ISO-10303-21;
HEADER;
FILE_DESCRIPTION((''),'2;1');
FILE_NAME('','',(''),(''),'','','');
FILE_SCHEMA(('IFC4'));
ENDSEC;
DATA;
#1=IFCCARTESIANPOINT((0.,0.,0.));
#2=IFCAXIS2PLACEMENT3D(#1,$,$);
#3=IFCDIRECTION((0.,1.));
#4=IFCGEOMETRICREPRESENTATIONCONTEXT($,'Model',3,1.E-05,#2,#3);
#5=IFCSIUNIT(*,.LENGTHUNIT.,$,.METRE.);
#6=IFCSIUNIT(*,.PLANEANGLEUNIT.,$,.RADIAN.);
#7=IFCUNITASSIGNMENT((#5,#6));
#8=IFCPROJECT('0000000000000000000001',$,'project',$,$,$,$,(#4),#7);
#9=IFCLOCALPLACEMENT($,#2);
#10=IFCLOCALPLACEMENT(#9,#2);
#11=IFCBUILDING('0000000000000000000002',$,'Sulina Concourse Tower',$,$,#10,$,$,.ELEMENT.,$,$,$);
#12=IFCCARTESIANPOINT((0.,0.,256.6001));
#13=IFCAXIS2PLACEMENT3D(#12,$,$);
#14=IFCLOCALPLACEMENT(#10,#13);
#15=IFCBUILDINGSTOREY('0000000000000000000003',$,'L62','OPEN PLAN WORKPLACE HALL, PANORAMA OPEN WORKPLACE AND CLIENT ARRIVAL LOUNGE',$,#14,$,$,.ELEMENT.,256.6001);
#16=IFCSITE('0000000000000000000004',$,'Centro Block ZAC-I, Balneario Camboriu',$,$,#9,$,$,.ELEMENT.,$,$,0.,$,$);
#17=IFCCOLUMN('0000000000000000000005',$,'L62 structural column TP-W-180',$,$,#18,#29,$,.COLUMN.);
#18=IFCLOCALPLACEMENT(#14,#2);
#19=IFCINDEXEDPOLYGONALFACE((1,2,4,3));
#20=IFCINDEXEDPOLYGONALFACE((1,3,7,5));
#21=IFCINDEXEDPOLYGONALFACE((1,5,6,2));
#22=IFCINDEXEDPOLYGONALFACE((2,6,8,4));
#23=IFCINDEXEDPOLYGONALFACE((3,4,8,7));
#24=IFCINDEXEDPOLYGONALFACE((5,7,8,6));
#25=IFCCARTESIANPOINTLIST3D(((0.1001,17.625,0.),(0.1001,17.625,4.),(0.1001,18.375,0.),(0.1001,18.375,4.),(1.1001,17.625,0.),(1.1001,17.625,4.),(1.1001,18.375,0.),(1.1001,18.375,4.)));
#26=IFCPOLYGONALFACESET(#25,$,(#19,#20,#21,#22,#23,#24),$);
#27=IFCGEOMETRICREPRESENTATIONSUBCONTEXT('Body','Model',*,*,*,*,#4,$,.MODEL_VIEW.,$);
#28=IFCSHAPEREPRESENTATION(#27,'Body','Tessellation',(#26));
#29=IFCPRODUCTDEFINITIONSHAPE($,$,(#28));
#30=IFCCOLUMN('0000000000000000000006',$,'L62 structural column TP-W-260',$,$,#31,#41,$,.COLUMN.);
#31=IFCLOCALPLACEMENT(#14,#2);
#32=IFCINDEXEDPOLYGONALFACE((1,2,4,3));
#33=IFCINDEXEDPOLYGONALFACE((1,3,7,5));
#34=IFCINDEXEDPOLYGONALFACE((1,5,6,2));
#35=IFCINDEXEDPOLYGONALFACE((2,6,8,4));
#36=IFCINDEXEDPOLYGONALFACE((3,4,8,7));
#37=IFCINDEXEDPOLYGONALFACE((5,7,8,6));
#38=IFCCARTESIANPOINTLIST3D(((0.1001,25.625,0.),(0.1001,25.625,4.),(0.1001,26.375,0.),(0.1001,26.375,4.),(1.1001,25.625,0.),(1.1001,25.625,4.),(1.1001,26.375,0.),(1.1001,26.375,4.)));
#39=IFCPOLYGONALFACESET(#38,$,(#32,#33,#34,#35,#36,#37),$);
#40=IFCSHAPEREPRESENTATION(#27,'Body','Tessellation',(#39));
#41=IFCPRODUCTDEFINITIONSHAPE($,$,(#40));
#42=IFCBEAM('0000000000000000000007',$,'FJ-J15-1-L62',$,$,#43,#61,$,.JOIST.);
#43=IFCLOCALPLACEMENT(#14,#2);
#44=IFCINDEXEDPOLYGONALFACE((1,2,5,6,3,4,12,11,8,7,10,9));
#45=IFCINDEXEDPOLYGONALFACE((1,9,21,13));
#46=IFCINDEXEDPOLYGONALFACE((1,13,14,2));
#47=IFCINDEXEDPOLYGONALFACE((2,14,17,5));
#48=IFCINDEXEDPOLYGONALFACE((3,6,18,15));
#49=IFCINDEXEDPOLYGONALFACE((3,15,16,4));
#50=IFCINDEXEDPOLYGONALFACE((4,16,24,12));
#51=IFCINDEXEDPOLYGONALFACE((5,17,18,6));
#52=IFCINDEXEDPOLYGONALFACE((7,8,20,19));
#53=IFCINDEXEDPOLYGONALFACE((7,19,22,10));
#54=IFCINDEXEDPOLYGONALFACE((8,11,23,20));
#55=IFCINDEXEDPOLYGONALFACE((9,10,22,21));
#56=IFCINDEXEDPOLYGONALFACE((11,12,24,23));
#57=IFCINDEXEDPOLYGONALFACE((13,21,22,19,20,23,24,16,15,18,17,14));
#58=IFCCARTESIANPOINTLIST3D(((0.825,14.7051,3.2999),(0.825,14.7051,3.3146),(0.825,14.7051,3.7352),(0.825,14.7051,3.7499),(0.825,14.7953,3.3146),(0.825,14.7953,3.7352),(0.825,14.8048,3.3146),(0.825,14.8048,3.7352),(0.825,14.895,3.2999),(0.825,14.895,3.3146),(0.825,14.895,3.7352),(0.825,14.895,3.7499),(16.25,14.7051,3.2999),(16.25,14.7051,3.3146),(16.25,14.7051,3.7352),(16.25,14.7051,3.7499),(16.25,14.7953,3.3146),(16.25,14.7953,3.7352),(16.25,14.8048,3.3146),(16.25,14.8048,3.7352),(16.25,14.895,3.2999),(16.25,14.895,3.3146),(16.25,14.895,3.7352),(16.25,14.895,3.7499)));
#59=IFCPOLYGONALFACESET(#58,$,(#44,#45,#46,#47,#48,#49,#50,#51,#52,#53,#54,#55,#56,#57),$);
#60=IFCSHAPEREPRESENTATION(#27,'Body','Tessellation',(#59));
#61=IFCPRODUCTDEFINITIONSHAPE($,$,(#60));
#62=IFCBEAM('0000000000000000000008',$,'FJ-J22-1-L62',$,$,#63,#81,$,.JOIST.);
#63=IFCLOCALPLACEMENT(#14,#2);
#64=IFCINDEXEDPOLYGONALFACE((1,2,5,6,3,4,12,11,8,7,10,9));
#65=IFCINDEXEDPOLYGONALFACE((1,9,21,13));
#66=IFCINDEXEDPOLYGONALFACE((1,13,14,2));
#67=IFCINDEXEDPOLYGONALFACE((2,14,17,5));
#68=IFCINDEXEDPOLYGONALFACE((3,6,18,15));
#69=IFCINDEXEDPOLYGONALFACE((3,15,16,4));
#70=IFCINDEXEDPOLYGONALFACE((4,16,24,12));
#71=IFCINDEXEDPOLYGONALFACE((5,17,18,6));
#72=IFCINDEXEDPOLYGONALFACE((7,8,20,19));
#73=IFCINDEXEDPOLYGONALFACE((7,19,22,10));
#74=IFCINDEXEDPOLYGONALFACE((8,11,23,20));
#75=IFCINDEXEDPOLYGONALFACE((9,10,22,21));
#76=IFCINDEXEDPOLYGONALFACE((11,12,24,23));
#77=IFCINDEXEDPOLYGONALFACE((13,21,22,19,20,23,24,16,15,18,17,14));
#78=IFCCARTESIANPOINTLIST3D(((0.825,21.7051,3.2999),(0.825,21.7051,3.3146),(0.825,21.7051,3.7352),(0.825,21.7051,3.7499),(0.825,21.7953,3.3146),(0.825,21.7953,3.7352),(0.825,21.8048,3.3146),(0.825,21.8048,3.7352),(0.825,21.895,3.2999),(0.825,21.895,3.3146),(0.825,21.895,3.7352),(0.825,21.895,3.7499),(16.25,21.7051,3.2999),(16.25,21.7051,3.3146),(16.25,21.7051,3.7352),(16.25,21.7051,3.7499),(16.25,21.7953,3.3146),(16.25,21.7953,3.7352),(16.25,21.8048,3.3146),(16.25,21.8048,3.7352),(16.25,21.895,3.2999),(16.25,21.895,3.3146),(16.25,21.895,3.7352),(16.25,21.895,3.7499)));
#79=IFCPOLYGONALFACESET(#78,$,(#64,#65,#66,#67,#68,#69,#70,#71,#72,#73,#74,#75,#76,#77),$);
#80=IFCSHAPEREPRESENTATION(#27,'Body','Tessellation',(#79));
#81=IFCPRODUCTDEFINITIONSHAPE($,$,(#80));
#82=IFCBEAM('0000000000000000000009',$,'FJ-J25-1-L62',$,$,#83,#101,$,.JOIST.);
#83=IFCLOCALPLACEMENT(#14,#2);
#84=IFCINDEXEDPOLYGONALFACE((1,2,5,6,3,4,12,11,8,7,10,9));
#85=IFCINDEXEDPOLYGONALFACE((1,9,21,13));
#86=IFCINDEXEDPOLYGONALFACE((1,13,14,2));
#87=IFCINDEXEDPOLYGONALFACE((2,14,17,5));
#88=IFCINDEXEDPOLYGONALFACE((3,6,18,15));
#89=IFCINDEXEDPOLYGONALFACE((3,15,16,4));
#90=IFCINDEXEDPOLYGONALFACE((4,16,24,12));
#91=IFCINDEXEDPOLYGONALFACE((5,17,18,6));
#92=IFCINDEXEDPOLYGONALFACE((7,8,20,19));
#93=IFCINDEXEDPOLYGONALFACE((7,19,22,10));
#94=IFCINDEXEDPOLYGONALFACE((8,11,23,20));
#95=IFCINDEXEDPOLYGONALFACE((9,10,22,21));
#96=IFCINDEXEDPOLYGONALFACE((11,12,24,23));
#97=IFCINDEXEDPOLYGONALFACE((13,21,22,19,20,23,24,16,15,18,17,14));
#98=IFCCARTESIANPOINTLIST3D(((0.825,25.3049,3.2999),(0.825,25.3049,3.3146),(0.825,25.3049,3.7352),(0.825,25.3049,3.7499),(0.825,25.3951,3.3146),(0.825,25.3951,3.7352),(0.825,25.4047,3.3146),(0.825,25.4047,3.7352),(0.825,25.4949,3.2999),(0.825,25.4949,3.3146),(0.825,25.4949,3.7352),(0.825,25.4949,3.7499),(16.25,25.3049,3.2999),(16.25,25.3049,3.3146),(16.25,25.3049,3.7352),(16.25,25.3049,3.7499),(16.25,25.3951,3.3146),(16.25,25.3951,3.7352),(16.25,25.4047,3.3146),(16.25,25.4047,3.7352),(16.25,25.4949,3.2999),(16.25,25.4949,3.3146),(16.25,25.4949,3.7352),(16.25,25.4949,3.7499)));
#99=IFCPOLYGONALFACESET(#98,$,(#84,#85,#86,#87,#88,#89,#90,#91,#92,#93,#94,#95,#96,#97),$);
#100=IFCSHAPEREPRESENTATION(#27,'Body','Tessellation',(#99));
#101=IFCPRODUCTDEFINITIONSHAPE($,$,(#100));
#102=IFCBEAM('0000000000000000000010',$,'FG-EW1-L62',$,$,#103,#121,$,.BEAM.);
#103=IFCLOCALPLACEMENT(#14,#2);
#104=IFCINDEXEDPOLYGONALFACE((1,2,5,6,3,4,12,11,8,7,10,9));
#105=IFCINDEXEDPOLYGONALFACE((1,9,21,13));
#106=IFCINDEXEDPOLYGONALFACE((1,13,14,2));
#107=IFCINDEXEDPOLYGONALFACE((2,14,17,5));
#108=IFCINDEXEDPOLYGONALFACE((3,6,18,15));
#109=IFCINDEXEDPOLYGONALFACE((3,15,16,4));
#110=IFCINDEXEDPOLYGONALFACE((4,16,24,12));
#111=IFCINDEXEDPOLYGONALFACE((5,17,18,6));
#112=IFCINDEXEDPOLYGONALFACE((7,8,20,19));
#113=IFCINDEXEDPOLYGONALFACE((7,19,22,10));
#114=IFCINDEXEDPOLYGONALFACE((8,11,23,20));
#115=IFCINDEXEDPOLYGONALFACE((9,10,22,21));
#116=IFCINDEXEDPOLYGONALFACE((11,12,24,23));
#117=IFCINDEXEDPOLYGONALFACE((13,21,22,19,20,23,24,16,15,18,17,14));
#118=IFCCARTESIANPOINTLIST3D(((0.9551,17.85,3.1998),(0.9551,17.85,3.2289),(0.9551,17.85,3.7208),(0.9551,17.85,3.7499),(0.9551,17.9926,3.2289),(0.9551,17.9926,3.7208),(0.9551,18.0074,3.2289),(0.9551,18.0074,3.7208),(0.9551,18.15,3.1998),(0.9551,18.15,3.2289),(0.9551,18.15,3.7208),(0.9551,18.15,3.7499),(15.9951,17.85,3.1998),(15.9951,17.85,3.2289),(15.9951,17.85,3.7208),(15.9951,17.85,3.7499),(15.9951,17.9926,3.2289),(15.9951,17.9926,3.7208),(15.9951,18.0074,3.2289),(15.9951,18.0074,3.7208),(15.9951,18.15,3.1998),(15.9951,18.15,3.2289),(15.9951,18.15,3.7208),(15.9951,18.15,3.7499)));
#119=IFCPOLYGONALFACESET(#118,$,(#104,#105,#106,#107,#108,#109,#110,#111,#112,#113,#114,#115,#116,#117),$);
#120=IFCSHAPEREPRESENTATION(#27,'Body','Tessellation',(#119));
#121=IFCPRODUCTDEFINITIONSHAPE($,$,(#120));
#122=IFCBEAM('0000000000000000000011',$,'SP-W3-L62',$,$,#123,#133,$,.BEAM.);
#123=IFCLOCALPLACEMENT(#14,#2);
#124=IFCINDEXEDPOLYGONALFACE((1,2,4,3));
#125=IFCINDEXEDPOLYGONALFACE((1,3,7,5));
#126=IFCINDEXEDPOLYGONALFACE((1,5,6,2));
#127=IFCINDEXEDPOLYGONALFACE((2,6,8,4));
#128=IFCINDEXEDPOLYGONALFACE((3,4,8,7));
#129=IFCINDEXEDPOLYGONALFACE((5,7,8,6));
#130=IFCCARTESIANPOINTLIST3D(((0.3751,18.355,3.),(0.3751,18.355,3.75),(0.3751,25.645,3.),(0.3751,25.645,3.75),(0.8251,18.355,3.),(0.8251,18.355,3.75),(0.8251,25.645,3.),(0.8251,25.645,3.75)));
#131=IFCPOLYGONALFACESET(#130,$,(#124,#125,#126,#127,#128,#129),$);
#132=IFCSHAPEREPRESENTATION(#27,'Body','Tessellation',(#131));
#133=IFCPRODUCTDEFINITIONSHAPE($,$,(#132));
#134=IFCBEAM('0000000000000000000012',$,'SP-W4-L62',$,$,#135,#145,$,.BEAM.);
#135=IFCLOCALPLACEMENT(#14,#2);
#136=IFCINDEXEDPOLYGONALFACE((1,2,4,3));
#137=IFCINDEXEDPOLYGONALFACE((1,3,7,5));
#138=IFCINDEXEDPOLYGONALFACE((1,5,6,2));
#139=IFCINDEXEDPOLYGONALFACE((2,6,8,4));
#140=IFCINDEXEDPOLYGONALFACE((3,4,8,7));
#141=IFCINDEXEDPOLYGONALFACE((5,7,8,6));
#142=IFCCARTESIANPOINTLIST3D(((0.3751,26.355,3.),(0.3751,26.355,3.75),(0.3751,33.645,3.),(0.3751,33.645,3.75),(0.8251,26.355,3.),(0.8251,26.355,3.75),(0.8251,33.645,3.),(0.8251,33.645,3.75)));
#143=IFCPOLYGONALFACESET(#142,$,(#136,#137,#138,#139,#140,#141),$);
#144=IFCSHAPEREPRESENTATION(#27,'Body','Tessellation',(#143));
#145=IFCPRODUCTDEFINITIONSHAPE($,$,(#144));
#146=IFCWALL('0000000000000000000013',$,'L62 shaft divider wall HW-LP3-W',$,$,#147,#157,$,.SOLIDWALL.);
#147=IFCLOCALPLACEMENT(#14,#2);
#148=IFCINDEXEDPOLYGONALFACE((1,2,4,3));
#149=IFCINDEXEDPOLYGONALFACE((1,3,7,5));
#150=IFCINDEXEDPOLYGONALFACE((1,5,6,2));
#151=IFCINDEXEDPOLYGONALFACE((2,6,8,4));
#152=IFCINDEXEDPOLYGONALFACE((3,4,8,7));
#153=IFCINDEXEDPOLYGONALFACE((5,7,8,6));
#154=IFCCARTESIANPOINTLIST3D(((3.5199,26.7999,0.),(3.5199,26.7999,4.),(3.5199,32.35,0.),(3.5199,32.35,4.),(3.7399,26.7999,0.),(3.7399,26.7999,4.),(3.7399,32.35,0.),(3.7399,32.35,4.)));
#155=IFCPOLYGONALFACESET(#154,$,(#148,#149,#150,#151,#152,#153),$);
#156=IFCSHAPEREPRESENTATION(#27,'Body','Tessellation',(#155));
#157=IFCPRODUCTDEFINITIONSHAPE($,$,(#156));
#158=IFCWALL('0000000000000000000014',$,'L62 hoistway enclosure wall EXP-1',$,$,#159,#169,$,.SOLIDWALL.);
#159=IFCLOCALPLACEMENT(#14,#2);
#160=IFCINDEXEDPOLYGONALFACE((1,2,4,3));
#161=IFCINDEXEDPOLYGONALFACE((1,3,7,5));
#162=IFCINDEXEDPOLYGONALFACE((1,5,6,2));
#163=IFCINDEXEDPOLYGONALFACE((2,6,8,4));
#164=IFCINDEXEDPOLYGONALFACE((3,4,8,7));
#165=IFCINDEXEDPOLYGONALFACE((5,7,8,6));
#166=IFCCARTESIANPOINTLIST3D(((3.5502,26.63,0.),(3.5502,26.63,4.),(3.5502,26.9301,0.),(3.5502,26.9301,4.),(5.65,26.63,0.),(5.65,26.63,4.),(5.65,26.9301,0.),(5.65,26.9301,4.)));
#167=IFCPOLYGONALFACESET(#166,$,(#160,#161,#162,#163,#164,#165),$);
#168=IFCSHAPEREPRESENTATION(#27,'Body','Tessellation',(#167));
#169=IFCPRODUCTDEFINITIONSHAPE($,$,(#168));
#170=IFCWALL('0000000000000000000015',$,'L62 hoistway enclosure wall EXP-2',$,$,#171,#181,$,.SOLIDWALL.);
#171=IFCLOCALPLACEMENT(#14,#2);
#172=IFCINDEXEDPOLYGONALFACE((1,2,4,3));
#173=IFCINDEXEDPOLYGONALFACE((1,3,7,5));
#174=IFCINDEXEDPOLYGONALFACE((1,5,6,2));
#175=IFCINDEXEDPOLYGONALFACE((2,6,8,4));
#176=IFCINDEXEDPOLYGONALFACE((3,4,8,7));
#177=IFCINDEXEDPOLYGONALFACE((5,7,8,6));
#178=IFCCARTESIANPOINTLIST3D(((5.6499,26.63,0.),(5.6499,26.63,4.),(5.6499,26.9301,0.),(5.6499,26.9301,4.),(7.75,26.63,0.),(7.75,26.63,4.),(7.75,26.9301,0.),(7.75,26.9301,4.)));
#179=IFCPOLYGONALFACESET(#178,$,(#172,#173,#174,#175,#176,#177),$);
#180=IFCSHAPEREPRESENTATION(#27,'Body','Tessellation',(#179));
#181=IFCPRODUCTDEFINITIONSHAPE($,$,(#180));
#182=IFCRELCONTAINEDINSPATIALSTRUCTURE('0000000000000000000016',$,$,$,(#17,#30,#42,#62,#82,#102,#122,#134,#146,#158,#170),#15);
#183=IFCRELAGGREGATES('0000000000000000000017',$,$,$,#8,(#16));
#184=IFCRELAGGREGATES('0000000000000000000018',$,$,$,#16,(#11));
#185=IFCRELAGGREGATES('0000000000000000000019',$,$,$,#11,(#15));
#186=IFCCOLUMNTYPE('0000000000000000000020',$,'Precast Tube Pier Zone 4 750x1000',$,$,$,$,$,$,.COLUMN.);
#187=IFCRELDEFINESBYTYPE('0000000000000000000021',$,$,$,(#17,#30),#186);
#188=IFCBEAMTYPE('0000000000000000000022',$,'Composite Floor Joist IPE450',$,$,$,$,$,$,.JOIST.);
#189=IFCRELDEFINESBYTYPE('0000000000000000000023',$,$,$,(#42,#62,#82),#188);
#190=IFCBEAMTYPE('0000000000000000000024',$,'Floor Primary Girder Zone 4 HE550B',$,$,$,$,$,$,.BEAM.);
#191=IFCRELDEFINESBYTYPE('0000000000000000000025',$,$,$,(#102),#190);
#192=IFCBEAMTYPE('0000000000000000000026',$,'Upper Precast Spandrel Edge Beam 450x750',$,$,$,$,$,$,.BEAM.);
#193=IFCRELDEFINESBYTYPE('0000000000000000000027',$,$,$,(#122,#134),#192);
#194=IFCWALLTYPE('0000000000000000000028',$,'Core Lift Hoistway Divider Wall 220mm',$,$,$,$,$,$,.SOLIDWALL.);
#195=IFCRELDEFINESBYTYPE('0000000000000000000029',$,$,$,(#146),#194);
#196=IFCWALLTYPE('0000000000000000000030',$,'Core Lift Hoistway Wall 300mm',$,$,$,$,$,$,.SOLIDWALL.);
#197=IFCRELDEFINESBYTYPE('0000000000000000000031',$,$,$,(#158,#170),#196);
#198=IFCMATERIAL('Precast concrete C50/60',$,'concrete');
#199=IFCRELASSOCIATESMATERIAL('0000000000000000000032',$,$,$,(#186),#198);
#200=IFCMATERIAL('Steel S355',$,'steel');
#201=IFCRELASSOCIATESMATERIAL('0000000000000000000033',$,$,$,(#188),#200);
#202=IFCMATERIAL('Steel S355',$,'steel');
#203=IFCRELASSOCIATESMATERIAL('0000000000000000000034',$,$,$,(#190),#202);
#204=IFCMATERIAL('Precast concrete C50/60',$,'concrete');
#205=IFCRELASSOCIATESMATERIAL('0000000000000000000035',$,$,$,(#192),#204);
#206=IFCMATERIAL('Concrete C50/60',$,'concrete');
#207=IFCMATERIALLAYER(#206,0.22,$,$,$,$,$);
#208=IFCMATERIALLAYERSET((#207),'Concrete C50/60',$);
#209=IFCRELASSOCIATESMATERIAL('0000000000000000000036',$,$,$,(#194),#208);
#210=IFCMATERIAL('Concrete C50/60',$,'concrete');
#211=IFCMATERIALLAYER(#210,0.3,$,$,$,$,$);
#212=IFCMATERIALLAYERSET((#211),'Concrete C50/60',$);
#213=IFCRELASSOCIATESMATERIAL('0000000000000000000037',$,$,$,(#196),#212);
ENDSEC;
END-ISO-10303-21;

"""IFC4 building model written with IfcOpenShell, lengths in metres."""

from ifc_helpers import new_model, si_unit, direction, frame, frame_2d, origin, origin_2d, place, context, subcontext, project, spatial, rectangle, i_section, extrude, material, layer, layer_set, material_profile, profile_set, type_object, element, save


model = new_model("IFC4")

# Units and contexts
model_context = context("Model", 3, precision=1e-05, world=origin(), true_north=direction((0.0, 1.0)))
body_context = subcontext(model_context, "Body", "Model", "MODEL_VIEW")
ifc_project = project(units=[si_unit("LENGTHUNIT", "METRE"), si_unit("PLANEANGLEUNIT", "RADIAN")], contexts=[model_context])

# Site, building, storey
site_placement = place(None, origin())
site = spatial("IfcSite", under=ifc_project, at=site_placement, Name="Centro Block ZAC-I, Balneario Camboriu", CompositionType="ELEMENT", RefElevation=0.0)
building_placement = place(site_placement, origin())
building = spatial("IfcBuilding", under=site, at=building_placement, Name="Sulina Concourse Tower", CompositionType="ELEMENT")
storey_placement = place(building_placement, frame((0.0, 0.0, 256.6001)))
storey = spatial("IfcBuildingStorey", under=building, at=storey_placement, Name="L62", Description="OPEN PLAN WORKPLACE HALL, PANORAMA OPEN WORKPLACE AND CLIENT ARRIVAL LOUNGE", CompositionType="ELEMENT", Elevation=256.6001)

# Columns
ifc_material_1 = material(Name="Precast concrete C50/60", Category="concrete")
ifc_material_profile_1 = material_profile(ifc_material_1, rectangle(XDim=0.75, YDim=1.0, at=origin_2d()), Name="PC 750x1000")
ifc_profile_set_1 = profile_set([ifc_material_profile_1], Name="Precast concrete C50/60")
column_type = type_object("IfcColumnType", Name="Precast Tube Pier Zone 4 750x1000", PredefinedType="COLUMN", material=ifc_profile_set_1)
for number, where, z_axis, x_axis, name in (
    (1, (0.6001, 18.0, 0.0), (0.0, 0.0, 1.0), (0.0, 1.0, 0.0), "L62 structural column TP-W-180"),
    (2, (0.6001, 26.0, 0.0), (0.0, 0.0, 1.0), (0.0, 1.0, 0.0), "L62 structural column TP-W-260"),
):
    element("IfcColumn", number, at=place(storey_placement, frame(where, z_axis=z_axis, x_axis=x_axis)), inside=storey, type_object=column_type, Name=name, PredefinedType="COLUMN", context=body_context, shape_type="SweptSolid", body=[
        extrude(rectangle(XDim=0.75, YDim=1.0, at=origin_2d()), origin(), (0.0, 0.0, 1.0), 4.0),
    ])

# Beams
ifc_material_2 = material(Name="Steel S355", Category="steel")
ifc_material_profile_2 = material_profile(ifc_material_2, i_section(OverallWidth=0.1899, OverallDepth=0.45, WebThickness=0.0095, FlangeThickness=0.0146, at=origin_2d()), Name="IPE 450")
ifc_profile_set_2 = profile_set([ifc_material_profile_2], Name="Steel S355")
beam_type_1 = type_object("IfcBeamType", Name="Composite Floor Joist IPE450", PredefinedType="JOIST", material=ifc_profile_set_2)
for number, where, z_axis, x_axis, name in (
    (3, (0.825, 14.8, 3.5249), (1.0, 0.0, 0.0), (0.0, 1.0, 0.0), "FJ-J15-1-L62"),
    (4, (0.825, 21.8, 3.5249), (1.0, 0.0, 0.0), (0.0, 1.0, 0.0), "FJ-J22-1-L62"),
    (5, (0.825, 25.3999, 3.5249), (1.0, 0.0, 0.0), (0.0, 1.0, 0.0), "FJ-J25-1-L62"),
):
    element("IfcBeam", number, at=place(storey_placement, frame(where, z_axis=z_axis, x_axis=x_axis)), inside=storey, type_object=beam_type_1, Name=name, PredefinedType="JOIST", context=body_context, shape_type="SweptSolid", body=[
        extrude(i_section(OverallWidth=0.1899, OverallDepth=0.45, WebThickness=0.0095, FlangeThickness=0.0146, at=origin_2d()), origin(), (0.0, 0.0, 1.0), 15.425),
    ])
ifc_material_3 = material(Name="Steel S355", Category="steel")
ifc_material_profile_3 = material_profile(ifc_material_3, i_section(OverallWidth=0.3, OverallDepth=0.55, WebThickness=0.0149, FlangeThickness=0.0291, at=origin_2d()), Name="HE 550 B")
ifc_profile_set_3 = profile_set([ifc_material_profile_3], Name="Steel S355")
beam_type_2 = type_object("IfcBeamType", Name="Floor Primary Girder Zone 4 HE550B", PredefinedType="BEAM", material=ifc_profile_set_3)
beam_placement = place(storey_placement, frame((0.9551, 18.0, 3.4749), z_axis=(1.0, 0.0, 0.0), x_axis=(0.0, 1.0, 0.0)))
element("IfcBeam", 6, at=beam_placement, inside=storey, type_object=beam_type_2, Name="FG-EW1-L62", PredefinedType="BEAM", context=body_context, shape_type="SweptSolid", body=[
    extrude(i_section(OverallWidth=0.3, OverallDepth=0.55, WebThickness=0.0149, FlangeThickness=0.0291, at=origin_2d()), origin(), (0.0, 0.0, 1.0), 15.04),
])
ifc_material_4 = material(Name="Precast concrete C50/60", Category="concrete")
ifc_material_profile_4 = material_profile(ifc_material_4, rectangle(XDim=0.45, YDim=0.75, at=origin_2d()), Name="RC 450x750")
ifc_profile_set_4 = profile_set([ifc_material_profile_4], Name="Precast concrete C50/60")
beam_type_3 = type_object("IfcBeamType", Name="Upper Precast Spandrel Edge Beam 450x750", PredefinedType="BEAM", material=ifc_profile_set_4)
for number, where, z_axis, x_axis, name in (
    (7, (0.6001, 18.355, 3.375), (0.0, 1.0, 0.0), (-1.0, 0.0, 0.0), "SP-W3-L62"),
    (8, (0.6001, 26.355, 3.375), (0.0, 1.0, 0.0), (-1.0, 0.0, 0.0), "SP-W4-L62"),
):
    element("IfcBeam", number, at=place(storey_placement, frame(where, z_axis=z_axis, x_axis=x_axis)), inside=storey, type_object=beam_type_3, Name=name, PredefinedType="BEAM", context=body_context, shape_type="SweptSolid", body=[
        extrude(rectangle(XDim=0.45, YDim=0.75, at=origin_2d()), origin(), (0.0, 0.0, 1.0), 7.29),
    ])

# Walls
ifc_material_5 = material(Name="Concrete C50/60", Category="concrete")
ifc_layer_1 = layer(ifc_material_5, 0.22)
ifc_layer_set_1 = layer_set([ifc_layer_1], Name="Concrete C50/60")
wall_type_1 = type_object("IfcWallType", Name="Core Lift Hoistway Divider Wall 220mm", PredefinedType="SOLIDWALL", material=ifc_layer_set_1)
wall_1_placement = place(storey_placement, frame((3.6299, 26.8, 0.0), z_axis=(0.0, 0.0, 1.0), x_axis=(0.0, 1.0, 0.0)))
element("IfcWall", 9, at=wall_1_placement, inside=storey, type_object=wall_type_1, Name="L62 shaft divider wall HW-LP3-W", PredefinedType="SOLIDWALL", context=body_context, shape_type="SweptSolid", body=[
    extrude(rectangle(XDim=5.55, YDim=0.22, at=frame_2d((2.7749, 0.0))), origin(), (0.0, 0.0, 1.0), 4.0),
])
ifc_material_6 = material(Name="Concrete C50/60", Category="concrete")
ifc_layer_2 = layer(ifc_material_6, 0.3)
ifc_layer_set_2 = layer_set([ifc_layer_2], Name="Concrete C50/60")
wall_type_2 = type_object("IfcWallType", Name="Core Lift Hoistway Wall 300mm", PredefinedType="SOLIDWALL", material=ifc_layer_set_2)
wall_2_placement = place(storey_placement, frame((5.6499, 26.78, 0.0), z_axis=(0.0, 0.0, 1.0), x_axis=(-1.0, 0.0, 0.0)))
element("IfcWall", 10, at=wall_2_placement, inside=storey, type_object=wall_type_2, Name="L62 hoistway enclosure wall EXP-1", PredefinedType="SOLIDWALL", context=body_context, shape_type="SweptSolid", body=[
    extrude(rectangle(XDim=2.0999, YDim=0.3, at=frame_2d((1.0498, 0.0))), origin(), (0.0, 0.0, 1.0), 4.0),
])
wall_3_placement = place(storey_placement, frame((7.75, 26.78, 0.0), z_axis=(0.0, 0.0, 1.0), x_axis=(-1.0, 0.0, 0.0)))
element("IfcWall", 11, at=wall_3_placement, inside=storey, type_object=wall_type_2, Name="L62 hoistway enclosure wall EXP-2", PredefinedType="SOLIDWALL", context=body_context, shape_type="SweptSolid", body=[
    extrude(rectangle(XDim=2.1001, YDim=0.3, at=frame_2d((1.05, 0.0))), origin(), (0.0, 0.0, 1.0), 4.0),
])

save(model, "model.ifc")
